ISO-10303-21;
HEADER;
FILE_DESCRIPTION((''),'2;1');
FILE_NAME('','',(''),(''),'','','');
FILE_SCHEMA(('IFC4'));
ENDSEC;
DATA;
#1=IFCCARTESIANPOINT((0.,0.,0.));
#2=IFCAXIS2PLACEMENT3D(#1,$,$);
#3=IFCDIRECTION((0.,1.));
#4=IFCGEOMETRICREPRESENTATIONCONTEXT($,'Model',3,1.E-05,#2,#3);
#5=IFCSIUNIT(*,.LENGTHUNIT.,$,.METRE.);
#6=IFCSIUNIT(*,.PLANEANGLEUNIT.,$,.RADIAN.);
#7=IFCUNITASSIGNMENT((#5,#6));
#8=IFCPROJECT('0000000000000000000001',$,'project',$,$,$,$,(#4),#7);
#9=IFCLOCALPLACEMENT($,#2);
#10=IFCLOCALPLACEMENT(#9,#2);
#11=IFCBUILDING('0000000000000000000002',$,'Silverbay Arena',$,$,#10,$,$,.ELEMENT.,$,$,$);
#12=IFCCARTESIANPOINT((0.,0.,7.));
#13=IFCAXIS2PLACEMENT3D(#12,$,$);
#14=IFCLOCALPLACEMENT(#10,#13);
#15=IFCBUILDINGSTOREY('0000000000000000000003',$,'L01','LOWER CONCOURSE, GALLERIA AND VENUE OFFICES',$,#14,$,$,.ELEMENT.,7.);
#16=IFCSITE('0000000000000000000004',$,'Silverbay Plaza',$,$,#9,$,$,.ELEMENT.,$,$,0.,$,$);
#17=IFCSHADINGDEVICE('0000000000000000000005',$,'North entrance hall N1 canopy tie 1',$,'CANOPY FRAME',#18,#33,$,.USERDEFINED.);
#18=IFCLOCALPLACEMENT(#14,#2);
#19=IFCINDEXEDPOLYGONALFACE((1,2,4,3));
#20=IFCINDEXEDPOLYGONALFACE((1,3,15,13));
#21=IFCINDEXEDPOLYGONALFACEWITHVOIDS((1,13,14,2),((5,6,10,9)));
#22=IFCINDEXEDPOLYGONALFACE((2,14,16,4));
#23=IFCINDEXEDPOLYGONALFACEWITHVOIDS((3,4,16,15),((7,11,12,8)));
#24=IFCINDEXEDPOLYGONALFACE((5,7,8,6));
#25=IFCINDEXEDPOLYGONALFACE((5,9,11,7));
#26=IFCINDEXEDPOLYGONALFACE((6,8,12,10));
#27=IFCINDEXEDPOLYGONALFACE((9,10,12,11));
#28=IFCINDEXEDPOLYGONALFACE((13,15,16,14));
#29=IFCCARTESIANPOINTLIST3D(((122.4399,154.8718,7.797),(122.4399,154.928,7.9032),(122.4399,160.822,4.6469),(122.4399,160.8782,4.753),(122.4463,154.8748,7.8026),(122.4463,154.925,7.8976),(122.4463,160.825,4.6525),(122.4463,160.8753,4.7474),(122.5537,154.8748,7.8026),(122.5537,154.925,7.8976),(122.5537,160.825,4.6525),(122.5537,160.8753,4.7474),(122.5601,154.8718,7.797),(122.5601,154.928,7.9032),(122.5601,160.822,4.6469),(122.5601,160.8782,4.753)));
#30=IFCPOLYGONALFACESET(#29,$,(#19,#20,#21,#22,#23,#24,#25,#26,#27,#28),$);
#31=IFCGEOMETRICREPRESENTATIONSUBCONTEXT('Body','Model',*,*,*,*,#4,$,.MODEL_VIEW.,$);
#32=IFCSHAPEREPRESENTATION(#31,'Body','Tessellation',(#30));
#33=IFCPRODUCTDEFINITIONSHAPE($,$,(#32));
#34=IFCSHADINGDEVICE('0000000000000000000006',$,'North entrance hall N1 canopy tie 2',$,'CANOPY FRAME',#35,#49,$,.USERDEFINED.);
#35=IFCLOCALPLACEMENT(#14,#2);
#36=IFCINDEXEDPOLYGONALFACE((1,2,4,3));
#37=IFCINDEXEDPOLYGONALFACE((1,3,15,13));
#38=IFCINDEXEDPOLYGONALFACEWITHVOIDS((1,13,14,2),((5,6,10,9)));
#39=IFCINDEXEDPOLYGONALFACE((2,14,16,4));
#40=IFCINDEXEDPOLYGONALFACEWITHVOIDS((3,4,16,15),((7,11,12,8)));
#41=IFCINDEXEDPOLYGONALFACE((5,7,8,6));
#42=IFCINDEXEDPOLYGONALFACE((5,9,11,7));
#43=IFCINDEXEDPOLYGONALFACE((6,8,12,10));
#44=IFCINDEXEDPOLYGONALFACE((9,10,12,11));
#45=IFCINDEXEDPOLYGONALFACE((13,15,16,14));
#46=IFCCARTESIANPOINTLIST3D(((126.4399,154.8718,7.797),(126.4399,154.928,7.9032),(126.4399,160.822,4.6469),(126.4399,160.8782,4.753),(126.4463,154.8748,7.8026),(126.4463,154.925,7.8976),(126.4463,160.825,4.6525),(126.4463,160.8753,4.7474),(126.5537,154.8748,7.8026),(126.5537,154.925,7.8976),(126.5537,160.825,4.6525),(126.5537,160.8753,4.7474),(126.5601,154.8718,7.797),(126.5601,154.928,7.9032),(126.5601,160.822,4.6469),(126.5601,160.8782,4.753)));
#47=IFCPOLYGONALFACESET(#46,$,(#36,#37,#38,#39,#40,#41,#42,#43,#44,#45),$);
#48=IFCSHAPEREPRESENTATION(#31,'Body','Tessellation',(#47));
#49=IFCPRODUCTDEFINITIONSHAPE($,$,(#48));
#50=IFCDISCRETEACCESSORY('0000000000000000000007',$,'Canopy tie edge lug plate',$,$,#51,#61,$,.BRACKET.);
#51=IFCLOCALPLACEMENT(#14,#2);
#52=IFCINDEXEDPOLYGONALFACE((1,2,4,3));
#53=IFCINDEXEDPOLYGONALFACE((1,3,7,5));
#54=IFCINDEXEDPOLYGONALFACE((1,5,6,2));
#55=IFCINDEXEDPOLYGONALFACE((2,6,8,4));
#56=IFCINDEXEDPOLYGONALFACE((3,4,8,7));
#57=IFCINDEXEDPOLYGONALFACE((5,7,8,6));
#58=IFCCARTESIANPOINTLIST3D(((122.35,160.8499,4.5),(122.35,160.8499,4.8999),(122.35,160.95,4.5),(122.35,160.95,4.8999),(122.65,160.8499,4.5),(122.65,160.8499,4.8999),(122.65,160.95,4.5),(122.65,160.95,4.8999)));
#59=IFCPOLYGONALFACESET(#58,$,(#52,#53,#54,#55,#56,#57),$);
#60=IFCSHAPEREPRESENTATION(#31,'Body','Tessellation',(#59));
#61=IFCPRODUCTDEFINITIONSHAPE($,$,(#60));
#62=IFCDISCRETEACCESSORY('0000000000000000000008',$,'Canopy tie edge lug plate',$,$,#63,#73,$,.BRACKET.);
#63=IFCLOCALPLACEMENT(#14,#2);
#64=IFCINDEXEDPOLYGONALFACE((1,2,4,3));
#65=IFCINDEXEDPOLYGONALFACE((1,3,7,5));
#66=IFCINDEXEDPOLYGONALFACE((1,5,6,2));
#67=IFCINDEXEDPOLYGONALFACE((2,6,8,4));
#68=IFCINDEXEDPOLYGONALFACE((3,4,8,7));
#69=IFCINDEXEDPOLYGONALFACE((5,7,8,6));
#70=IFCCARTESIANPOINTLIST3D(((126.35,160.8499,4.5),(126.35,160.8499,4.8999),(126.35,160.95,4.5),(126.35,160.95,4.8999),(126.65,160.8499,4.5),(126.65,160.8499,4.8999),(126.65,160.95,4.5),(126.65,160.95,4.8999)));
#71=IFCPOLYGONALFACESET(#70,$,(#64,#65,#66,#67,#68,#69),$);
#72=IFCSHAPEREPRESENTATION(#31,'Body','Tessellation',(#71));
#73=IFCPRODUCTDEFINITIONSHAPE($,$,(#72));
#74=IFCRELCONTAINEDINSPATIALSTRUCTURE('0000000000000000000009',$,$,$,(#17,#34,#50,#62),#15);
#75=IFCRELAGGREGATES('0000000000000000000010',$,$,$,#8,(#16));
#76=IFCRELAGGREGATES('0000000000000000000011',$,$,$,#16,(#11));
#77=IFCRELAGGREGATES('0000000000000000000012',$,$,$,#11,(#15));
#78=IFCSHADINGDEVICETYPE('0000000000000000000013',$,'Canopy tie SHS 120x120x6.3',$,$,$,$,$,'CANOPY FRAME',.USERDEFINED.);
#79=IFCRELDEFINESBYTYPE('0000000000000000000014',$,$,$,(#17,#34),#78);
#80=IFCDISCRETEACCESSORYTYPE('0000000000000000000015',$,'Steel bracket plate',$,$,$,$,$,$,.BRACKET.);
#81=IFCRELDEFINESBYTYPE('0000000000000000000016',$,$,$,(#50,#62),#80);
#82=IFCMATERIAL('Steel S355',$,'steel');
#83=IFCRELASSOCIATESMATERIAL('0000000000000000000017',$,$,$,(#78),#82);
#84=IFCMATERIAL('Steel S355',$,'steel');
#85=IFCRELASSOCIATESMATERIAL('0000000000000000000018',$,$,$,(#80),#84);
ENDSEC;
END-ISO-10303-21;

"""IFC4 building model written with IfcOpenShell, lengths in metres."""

from ifc_helpers import new_model, si_unit, direction, frame, origin, origin_2d, place, context, subcontext, project, spatial, rectangle, hollow_rectangle, extrude, material, material_profile, profile_set, type_object, element, save


model = new_model("IFC4")

# Units and contexts
model_context = context("Model", 3, precision=1e-05, world=origin(), true_north=direction((0.0, 1.0)))
body_context = subcontext(model_context, "Body", "Model", "MODEL_VIEW")
ifc_project = project(units=[si_unit("LENGTHUNIT", "METRE"), si_unit("PLANEANGLEUNIT", "RADIAN")], contexts=[model_context])

# Site, building, storey
site_placement = place(None, origin())
site = spatial("IfcSite", under=ifc_project, at=site_placement, Name="Silverbay Plaza", CompositionType="ELEMENT", RefElevation=0.0)
building_placement = place(site_placement, origin())
building = spatial("IfcBuilding", under=site, at=building_placement, Name="Silverbay Arena", CompositionType="ELEMENT")
storey_placement = place(building_placement, frame((0.0, 0.0, 7.0)))
storey = spatial("IfcBuildingStorey", under=building, at=storey_placement, Name="L01", Description="LOWER CONCOURSE, GALLERIA AND VENUE OFFICES", CompositionType="ELEMENT", Elevation=7.0)

# Shading devices
ifc_material_1 = material(Name="Steel S355", Category="steel")
ifc_material_profile_1 = material_profile(ifc_material_1, hollow_rectangle(XDim=0.1201, YDim=0.1201, WallThickness=0.0063, at=origin_2d()), Name="SHS 120x120x6.3")
ifc_profile_set_1 = profile_set([ifc_material_profile_1], Name="Steel S355")
shading_device_type_1 = type_object("IfcShadingDeviceType", Name="Canopy tie SHS 120x120x6.3", ElementType="CANOPY FRAME", PredefinedType="USERDEFINED", material=ifc_profile_set_1)
for number, where, z_axis, x_axis, name in (
    (1, (122.5, 154.8999, 7.8501), (0.0, 0.883785, -0.467893), (-1.0, 0.0, 0.0), "North entrance hall N1 canopy tie 1"),
    (2, (126.5, 154.8999, 7.8501), (0.0, 0.883785, -0.467893), (-1.0, 0.0, 0.0), "North entrance hall N1 canopy tie 2"),
):
    element("IfcShadingDevice", number, at=place(storey_placement, frame(where, z_axis=z_axis, x_axis=x_axis)), inside=storey, type_object=shading_device_type_1, Name=name, ObjectType="CANOPY FRAME", PredefinedType="USERDEFINED", context=body_context, shape_type="SweptSolid", body=[
        extrude(hollow_rectangle(XDim=0.1201, YDim=0.1201, WallThickness=0.0063, at=origin_2d()), origin(), (0.0, 0.0, 1.0), 6.7327),
    ])

# Discrete accessories
ifc_material_2 = material(Name="Steel S355", Category="steel")
discrete_accessory_type = type_object("IfcDiscreteAccessoryType", Name="Steel bracket plate", PredefinedType="BRACKET", material=ifc_material_2)
for number, where, z_axis, x_axis, name in (
    (3, (122.5, 160.8999, 4.5), (0.0, 0.0, 1.0), (1.0, 0.0, 0.0), "Canopy tie edge lug plate"),
    (4, (126.5, 160.8999, 4.5), (0.0, 0.0, 1.0), (1.0, 0.0, 0.0), "Canopy tie edge lug plate"),
):
    element("IfcDiscreteAccessory", number, at=place(storey_placement, frame(where, z_axis=z_axis, x_axis=x_axis)), inside=storey, type_object=discrete_accessory_type, Name=name, PredefinedType="BRACKET", context=body_context, shape_type="SweptSolid", body=[
        extrude(rectangle(XDim=0.3, YDim=0.1001, at=origin_2d()), origin(), (0.0, 0.0, 1.0), 0.3999),
    ])

save(model, "model.ifc")
